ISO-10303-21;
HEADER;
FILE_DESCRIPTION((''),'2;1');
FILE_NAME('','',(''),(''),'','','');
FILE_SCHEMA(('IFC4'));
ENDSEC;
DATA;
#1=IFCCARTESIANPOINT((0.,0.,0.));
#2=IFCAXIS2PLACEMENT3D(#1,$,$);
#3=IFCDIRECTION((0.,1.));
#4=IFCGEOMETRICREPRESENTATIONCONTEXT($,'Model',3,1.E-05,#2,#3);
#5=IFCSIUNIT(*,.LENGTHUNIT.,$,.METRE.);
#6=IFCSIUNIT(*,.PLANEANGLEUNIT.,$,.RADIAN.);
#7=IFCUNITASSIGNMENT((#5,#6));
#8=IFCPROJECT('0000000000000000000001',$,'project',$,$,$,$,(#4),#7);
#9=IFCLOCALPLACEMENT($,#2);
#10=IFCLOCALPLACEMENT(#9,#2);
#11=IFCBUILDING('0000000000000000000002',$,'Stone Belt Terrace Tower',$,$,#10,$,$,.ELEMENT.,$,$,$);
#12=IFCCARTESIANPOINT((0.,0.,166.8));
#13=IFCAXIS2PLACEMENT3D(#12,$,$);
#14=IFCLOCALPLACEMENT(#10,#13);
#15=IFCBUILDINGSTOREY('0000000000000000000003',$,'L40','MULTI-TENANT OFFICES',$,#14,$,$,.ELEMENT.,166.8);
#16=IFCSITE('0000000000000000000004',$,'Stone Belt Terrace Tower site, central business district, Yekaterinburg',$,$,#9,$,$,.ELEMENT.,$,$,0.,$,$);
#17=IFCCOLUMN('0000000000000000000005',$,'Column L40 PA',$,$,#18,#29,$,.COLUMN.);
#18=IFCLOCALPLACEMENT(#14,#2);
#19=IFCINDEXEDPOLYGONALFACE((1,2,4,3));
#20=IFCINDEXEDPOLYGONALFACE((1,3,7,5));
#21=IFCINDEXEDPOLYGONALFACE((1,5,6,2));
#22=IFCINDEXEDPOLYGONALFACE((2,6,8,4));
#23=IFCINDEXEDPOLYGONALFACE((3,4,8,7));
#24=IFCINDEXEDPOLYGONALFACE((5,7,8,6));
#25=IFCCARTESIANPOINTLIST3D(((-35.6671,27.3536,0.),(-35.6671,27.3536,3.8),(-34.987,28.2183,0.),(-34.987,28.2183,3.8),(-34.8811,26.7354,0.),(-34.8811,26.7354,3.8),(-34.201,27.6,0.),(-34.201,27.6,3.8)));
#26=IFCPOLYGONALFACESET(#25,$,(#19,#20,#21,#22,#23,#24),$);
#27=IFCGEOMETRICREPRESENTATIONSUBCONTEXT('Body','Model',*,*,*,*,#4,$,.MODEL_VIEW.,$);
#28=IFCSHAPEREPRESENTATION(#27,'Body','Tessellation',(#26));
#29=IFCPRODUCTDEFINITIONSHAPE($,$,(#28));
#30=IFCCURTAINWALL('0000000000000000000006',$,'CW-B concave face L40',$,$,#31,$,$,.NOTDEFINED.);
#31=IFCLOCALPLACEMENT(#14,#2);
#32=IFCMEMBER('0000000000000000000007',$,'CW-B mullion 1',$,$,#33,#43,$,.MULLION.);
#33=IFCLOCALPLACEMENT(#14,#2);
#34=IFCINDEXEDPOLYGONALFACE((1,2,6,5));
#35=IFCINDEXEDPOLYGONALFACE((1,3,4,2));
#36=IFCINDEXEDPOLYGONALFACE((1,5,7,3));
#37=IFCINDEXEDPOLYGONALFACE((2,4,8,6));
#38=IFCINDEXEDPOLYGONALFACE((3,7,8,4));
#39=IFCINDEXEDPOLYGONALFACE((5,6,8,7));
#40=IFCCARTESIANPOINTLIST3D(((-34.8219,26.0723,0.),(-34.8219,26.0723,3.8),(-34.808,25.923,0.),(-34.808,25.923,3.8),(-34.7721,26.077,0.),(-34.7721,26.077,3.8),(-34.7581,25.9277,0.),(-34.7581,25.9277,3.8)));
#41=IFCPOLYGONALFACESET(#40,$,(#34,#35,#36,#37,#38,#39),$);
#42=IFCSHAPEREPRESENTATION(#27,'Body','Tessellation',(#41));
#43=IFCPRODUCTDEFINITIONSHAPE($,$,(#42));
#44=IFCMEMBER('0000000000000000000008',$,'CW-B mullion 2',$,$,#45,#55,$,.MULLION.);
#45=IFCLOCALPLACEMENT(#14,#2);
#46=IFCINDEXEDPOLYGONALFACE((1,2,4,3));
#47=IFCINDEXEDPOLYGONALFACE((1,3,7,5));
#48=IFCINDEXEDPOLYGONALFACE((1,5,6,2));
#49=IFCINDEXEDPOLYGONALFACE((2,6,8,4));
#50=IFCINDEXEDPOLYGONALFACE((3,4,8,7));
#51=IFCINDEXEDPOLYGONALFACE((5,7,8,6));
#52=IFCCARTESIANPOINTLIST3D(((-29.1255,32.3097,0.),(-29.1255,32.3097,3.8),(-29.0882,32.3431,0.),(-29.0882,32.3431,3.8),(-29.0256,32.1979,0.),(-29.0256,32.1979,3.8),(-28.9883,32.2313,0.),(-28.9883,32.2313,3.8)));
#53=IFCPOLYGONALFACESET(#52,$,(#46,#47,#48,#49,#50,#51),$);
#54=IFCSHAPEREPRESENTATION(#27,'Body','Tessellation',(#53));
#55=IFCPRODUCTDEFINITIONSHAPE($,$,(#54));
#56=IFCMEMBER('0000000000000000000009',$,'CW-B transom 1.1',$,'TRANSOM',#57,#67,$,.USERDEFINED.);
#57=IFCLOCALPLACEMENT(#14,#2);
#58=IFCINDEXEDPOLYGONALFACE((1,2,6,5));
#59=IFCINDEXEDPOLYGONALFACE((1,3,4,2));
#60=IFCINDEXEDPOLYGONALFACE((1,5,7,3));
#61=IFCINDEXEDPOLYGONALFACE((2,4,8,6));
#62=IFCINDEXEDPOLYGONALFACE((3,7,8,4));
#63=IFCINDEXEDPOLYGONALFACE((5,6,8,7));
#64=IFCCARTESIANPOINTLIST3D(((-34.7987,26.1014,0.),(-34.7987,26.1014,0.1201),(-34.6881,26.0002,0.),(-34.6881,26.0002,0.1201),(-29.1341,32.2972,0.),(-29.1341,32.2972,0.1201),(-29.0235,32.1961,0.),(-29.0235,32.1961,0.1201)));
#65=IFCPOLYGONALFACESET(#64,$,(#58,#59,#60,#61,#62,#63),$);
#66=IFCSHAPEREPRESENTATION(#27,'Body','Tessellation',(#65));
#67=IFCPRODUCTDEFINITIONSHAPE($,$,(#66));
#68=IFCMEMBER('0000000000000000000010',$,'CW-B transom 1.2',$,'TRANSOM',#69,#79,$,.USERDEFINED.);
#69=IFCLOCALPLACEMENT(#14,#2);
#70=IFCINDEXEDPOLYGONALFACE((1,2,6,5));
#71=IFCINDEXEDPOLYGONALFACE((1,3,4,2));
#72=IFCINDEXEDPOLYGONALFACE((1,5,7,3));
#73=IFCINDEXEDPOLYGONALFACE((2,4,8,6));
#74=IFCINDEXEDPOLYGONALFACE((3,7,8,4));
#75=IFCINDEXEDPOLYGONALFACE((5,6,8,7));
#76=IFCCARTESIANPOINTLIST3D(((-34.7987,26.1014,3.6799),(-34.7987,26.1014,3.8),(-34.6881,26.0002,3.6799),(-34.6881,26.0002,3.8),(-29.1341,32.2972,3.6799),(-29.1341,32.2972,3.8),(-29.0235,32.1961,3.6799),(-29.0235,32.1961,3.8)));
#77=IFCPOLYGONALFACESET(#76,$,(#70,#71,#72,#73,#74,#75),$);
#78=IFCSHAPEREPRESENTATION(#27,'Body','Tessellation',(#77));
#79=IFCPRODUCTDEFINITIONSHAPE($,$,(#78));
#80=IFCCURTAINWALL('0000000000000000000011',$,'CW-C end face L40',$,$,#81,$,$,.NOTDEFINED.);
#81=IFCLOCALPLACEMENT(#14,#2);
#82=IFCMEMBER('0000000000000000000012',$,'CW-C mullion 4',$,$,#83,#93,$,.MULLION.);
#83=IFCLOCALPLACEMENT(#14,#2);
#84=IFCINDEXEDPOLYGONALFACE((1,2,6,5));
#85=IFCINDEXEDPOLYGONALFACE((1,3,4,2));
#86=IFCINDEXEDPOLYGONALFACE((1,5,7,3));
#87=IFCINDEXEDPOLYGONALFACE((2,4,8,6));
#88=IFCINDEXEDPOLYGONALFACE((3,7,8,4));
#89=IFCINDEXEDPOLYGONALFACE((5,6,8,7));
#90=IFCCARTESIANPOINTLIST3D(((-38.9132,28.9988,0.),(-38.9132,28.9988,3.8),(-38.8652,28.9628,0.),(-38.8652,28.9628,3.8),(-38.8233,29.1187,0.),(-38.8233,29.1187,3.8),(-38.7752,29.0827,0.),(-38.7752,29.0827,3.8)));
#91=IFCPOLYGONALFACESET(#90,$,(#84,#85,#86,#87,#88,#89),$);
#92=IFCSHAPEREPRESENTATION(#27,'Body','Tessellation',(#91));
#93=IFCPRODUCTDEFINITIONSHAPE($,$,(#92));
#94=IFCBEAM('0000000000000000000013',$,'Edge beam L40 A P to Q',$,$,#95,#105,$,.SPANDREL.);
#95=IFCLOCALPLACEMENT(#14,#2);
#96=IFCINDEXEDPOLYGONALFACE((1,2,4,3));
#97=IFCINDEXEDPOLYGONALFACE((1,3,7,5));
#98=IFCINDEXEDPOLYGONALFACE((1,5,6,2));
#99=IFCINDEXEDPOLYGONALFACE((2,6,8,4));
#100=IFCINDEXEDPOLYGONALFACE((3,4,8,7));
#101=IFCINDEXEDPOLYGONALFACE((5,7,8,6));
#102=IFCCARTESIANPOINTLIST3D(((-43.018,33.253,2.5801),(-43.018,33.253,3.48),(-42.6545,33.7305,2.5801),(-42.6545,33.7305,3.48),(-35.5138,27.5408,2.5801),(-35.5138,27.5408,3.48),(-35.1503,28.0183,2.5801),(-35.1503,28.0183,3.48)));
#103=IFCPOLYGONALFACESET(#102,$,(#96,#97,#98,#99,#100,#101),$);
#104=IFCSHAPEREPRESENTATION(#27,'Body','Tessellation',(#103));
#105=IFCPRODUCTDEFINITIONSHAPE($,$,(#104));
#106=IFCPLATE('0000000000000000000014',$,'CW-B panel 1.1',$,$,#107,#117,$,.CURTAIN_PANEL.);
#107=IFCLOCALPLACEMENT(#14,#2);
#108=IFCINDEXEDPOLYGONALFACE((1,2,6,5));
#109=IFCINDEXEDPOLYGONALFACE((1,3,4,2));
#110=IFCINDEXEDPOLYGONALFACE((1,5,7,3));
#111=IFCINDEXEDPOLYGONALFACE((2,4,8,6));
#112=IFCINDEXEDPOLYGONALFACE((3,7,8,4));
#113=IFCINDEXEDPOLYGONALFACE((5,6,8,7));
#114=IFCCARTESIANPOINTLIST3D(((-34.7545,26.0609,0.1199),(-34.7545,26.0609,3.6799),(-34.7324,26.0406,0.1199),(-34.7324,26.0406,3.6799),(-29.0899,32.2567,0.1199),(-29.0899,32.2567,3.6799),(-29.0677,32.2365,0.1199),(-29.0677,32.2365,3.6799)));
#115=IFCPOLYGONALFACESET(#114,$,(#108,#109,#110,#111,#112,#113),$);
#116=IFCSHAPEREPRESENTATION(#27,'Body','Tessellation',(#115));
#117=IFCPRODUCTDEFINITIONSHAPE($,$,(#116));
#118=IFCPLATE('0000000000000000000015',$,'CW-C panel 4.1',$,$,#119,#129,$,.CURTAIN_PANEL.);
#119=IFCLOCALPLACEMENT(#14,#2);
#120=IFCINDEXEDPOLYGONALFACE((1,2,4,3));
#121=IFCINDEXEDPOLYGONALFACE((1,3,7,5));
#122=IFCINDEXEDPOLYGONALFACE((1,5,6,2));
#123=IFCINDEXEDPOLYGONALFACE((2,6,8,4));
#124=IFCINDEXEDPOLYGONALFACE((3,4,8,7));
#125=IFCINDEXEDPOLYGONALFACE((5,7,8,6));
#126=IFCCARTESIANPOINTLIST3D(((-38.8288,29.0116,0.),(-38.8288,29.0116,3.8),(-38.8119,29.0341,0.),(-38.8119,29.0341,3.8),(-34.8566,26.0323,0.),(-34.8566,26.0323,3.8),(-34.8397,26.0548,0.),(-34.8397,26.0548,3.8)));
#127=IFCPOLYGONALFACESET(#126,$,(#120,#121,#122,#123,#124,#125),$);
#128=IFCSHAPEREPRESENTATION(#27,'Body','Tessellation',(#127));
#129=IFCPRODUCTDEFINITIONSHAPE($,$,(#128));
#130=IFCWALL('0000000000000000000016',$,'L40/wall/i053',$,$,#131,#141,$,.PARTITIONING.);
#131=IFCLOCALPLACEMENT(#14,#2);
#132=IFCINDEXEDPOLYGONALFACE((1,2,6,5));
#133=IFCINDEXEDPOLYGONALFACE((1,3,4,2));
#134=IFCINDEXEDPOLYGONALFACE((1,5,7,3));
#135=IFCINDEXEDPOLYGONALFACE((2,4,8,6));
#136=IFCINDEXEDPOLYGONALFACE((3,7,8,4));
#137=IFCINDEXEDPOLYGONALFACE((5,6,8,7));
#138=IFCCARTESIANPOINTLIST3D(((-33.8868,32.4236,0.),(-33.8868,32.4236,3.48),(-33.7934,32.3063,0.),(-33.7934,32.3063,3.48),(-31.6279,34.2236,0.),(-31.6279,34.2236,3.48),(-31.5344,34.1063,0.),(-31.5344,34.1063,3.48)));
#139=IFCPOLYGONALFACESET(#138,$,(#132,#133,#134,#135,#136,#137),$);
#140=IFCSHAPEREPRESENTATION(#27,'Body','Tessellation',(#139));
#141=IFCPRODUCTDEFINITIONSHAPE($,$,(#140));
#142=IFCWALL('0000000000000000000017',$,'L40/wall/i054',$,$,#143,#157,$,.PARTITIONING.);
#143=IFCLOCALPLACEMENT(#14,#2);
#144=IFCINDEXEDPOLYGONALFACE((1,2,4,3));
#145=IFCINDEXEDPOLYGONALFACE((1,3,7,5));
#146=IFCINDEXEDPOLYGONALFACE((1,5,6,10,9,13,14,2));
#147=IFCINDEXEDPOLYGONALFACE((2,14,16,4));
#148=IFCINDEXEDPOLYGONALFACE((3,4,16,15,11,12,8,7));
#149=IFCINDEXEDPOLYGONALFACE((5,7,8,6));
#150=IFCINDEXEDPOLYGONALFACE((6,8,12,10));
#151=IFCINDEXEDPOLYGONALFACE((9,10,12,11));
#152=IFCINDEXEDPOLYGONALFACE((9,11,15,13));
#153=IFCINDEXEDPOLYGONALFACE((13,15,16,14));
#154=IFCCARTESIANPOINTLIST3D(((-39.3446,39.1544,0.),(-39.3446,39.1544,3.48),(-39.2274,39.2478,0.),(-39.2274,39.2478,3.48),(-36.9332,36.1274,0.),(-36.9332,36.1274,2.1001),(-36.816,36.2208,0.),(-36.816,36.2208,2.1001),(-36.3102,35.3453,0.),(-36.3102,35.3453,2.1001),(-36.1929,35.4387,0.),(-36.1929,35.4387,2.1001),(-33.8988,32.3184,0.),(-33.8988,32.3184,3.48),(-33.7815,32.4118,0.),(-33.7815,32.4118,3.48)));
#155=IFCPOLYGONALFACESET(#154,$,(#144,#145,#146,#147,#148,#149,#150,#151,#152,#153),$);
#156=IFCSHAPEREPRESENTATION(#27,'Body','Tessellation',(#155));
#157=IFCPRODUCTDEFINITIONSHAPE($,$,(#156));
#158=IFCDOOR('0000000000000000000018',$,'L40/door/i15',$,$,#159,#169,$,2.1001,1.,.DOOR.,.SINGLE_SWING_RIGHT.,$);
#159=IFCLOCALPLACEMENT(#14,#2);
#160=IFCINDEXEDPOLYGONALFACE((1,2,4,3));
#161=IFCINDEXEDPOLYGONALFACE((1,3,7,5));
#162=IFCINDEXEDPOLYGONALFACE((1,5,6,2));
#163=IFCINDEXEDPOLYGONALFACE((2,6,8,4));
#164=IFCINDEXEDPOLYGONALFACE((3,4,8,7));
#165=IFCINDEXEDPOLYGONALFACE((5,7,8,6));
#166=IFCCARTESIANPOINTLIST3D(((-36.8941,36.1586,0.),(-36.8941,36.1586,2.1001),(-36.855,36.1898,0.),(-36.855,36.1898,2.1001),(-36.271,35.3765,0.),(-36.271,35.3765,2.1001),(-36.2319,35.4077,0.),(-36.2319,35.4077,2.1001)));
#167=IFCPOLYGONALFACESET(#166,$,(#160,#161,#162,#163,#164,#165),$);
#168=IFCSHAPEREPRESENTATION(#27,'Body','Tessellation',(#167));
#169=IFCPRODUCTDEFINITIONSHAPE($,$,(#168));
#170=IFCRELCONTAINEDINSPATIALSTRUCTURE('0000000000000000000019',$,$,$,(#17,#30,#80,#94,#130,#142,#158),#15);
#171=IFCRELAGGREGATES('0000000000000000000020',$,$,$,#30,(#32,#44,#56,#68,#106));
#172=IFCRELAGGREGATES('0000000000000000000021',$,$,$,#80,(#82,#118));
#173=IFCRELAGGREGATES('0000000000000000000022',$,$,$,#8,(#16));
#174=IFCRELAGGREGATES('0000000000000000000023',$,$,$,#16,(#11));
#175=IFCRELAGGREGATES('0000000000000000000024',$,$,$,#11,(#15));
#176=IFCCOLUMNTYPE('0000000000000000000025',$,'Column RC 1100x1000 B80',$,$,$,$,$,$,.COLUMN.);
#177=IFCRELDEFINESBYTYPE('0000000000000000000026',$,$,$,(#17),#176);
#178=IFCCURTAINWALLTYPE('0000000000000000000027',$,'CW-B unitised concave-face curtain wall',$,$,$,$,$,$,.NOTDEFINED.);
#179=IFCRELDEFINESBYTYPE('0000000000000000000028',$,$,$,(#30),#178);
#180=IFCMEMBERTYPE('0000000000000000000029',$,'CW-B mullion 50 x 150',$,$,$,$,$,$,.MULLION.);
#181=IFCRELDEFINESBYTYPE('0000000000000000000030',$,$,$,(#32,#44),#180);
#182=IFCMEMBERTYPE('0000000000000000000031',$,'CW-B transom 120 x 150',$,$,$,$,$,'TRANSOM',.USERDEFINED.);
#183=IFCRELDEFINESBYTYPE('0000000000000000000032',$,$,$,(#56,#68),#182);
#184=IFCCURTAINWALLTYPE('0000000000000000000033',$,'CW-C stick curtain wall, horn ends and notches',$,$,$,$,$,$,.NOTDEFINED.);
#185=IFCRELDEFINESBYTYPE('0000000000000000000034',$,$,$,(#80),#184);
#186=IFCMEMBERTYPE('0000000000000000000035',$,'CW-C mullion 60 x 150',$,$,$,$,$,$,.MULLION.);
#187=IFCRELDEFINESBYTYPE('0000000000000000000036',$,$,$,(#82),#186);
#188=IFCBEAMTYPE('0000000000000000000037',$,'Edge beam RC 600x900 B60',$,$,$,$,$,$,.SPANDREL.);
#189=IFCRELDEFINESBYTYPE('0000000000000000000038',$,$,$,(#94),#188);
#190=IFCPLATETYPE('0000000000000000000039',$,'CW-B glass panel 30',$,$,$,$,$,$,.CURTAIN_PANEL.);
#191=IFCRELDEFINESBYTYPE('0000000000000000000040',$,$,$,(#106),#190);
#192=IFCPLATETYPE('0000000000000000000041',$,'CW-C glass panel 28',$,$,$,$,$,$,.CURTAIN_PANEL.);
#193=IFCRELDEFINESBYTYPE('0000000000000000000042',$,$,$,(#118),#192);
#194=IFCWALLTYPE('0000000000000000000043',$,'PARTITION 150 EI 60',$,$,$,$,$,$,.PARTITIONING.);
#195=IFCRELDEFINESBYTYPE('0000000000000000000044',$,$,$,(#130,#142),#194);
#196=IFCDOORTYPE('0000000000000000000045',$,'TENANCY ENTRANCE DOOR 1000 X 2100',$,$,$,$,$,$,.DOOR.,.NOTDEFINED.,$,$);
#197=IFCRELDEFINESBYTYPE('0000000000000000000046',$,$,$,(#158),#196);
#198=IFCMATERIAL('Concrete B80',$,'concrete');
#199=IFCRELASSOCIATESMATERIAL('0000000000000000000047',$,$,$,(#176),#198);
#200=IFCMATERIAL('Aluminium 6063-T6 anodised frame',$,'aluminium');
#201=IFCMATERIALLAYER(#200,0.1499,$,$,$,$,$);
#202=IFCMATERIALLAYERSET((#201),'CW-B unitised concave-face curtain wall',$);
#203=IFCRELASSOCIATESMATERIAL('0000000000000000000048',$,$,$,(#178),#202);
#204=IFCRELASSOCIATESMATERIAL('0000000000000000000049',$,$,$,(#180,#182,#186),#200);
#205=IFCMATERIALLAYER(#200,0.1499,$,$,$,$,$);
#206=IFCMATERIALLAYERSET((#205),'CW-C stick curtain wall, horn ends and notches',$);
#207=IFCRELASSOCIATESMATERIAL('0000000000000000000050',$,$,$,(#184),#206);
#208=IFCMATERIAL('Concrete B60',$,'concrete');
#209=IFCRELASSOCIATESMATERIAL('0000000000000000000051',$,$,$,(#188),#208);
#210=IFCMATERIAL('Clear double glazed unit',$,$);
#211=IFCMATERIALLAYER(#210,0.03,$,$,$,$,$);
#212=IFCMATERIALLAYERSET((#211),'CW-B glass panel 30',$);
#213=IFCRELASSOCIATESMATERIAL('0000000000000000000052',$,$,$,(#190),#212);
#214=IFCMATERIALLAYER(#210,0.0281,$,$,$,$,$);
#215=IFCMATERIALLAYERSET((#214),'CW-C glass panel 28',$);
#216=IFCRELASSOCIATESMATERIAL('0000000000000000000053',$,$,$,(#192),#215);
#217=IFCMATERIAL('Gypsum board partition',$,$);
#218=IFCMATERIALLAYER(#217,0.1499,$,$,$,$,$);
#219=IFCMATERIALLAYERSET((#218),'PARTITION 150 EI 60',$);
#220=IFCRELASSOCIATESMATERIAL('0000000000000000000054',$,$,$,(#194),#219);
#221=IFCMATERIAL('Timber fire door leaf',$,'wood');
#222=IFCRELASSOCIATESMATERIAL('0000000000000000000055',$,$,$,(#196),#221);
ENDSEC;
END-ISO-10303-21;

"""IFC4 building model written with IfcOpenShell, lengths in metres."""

from ifc_helpers import new_model, si_unit, direction, frame, frame_2d, origin, origin_2d, place, context, subcontext, project, spatial, rectangle, extrude, material, layer, layer_set, material_profile, profile_set, type_object, element, fill, aggregate, save


model = new_model("IFC4")

# Units and contexts
model_context = context("Model", 3, precision=1e-05, world=origin(), true_north=direction((0.0, 1.0)))
body_context = subcontext(model_context, "Body", "Model", "MODEL_VIEW")
ifc_project = project(units=[si_unit("LENGTHUNIT", "METRE"), si_unit("PLANEANGLEUNIT", "RADIAN")], contexts=[model_context])

# Site, building, storey
site_placement = place(None, origin())
site = spatial("IfcSite", under=ifc_project, at=site_placement, Name="Stone Belt Terrace Tower site, central business district, Yekaterinburg", CompositionType="ELEMENT", RefElevation=0.0)
building_placement = place(site_placement, origin())
building = spatial("IfcBuilding", under=site, at=building_placement, Name="Stone Belt Terrace Tower", CompositionType="ELEMENT")
storey_placement = place(building_placement, frame((0.0, 0.0, 166.8)))
storey = spatial("IfcBuildingStorey", under=building, at=storey_placement, Name="L40", Description="MULTI-TENANT OFFICES", CompositionType="ELEMENT", Elevation=166.8)

# Column
ifc_material_1 = material(Name="Concrete B80", Category="concrete")
ifc_material_profile_1 = material_profile(ifc_material_1, rectangle(XDim=1.1001, YDim=1.0, at=origin_2d()), Name="RC 1100x1000")
ifc_profile_set_1 = profile_set([ifc_material_profile_1], Name="Concrete B80")
column_type = type_object("IfcColumnType", Name="Column RC 1100x1000 B80", PredefinedType="COLUMN", material=ifc_profile_set_1)
column_placement = place(storey_placement, frame((-34.9341, 27.4768, 0.0), z_axis=(0.0, 0.0, 1.0), x_axis=(0.618218, 0.786007, 0.0)))
element("IfcColumn", 1, at=column_placement, inside=storey, type_object=column_type, Name="Column L40 PA", PredefinedType="COLUMN", context=body_context, shape_type="SweptSolid", body=[
    extrude(rectangle(XDim=1.1001, YDim=1.0, at=origin_2d()), origin(), (0.0, 0.0, 1.0), 3.8),
])

# Curtain wall, members
ifc_material_2 = material(Name="Aluminium 6063-T6 anodised frame", Category="aluminium")
ifc_layer_1 = layer(ifc_material_2, 0.1499)
ifc_layer_set_1 = layer_set([ifc_layer_1], Name="CW-B unitised concave-face curtain wall")
curtain_wall_type_1 = type_object("IfcCurtainWallType", Name="CW-B unitised concave-face curtain wall", PredefinedType="NOTDEFINED", material=ifc_layer_set_1)
curtain_wall_1_placement = place(storey_placement, origin())
curtain_wall_1 = element("IfcCurtainWall", 2, at=curtain_wall_1_placement, inside=storey, type_object=curtain_wall_type_1, Name="CW-B concave face L40", PredefinedType="NOTDEFINED")
ifc_material_profile_2 = material_profile(ifc_material_2, rectangle(XDim=0.1499, YDim=0.05, at=origin_2d()), Name="Aluminium 6063-T6 50x150")
ifc_profile_set_2 = profile_set([ifc_material_profile_2], Name="Aluminium 6063-T6 anodised frame")
member_type_1 = type_object("IfcMemberType", Name="CW-B mullion 50 x 150", PredefinedType="MULLION", material=ifc_profile_set_2)
member_1_placement = place(storey_placement, frame((-34.79, 26.0, 0.0), z_axis=(0.0, 0.0, 1.0), x_axis=(-0.093181, 0.995649, 0.0)))
member_1 = element("IfcMember", 3, at=member_1_placement, type_object=member_type_1, Name="CW-B mullion 1", PredefinedType="MULLION", context=body_context, shape_type="SweptSolid", body=[
    extrude(rectangle(XDim=0.1499, YDim=0.05, at=origin_2d()), origin(), (0.0, 0.0, 1.0), 3.8),
])
member_2_placement = place(storey_placement, frame((-29.0569, 32.2705, 0.0), z_axis=(0.0, 0.0, 1.0), x_axis=(-0.666301, 0.745683, 0.0)))
member_2 = element("IfcMember", 4, at=member_2_placement, type_object=member_type_1, Name="CW-B mullion 2", PredefinedType="MULLION", context=body_context, shape_type="SweptSolid", body=[
    extrude(rectangle(XDim=0.1499, YDim=0.05, at=origin_2d()), origin(), (0.0, 0.0, 1.0), 3.8),
])
ifc_material_profile_3 = material_profile(ifc_material_2, rectangle(XDim=0.1499, YDim=0.1201, at=origin_2d()), Name="Aluminium 6063-T6 150x120")
ifc_profile_set_3 = profile_set([ifc_material_profile_3], Name="Aluminium 6063-T6 anodised frame")
member_type_2 = type_object("IfcMemberType", Name="CW-B transom 120 x 150", ElementType="TRANSOM", PredefinedType="USERDEFINED", material=ifc_profile_set_3)
member_3_placement = place(storey_placement, frame((-34.7434, 26.0508, 0.0601), z_axis=(0.674757, 0.73804, 0.0), x_axis=(-0.73804, 0.674757, 0.0)))
member_3 = element("IfcMember", 5, at=member_3_placement, type_object=member_type_2, Name="CW-B transom 1.1", ObjectType="TRANSOM", PredefinedType="USERDEFINED", context=body_context, shape_type="SweptSolid", body=[
    extrude(rectangle(XDim=0.1499, YDim=0.1201, at=origin_2d()), origin(), (0.0, 0.0, 1.0), 8.395),
])
member_4_placement = place(storey_placement, frame((-34.7434, 26.0508, 3.74), z_axis=(0.674757, 0.73804, 0.0), x_axis=(-0.73804, 0.674757, 0.0)))
member_4 = element("IfcMember", 6, at=member_4_placement, type_object=member_type_2, Name="CW-B transom 1.2", ObjectType="TRANSOM", PredefinedType="USERDEFINED", context=body_context, shape_type="SweptSolid", body=[
    extrude(rectangle(XDim=0.1499, YDim=0.1201, at=origin_2d()), origin(), (0.0, 0.0, 1.0), 8.395),
])

# Curtain wall, member
ifc_layer_2 = layer(ifc_material_2, 0.1499)
ifc_layer_set_2 = layer_set([ifc_layer_2], Name="CW-C stick curtain wall, horn ends and notches")
curtain_wall_type_2 = type_object("IfcCurtainWallType", Name="CW-C stick curtain wall, horn ends and notches", PredefinedType="NOTDEFINED", material=ifc_layer_set_2)
curtain_wall_2_placement = place(storey_placement, origin())
curtain_wall_2 = element("IfcCurtainWall", 7, at=curtain_wall_2_placement, inside=storey, type_object=curtain_wall_type_2, Name="CW-C end face L40", PredefinedType="NOTDEFINED")
ifc_material_profile_4 = material_profile(ifc_material_2, rectangle(XDim=0.1499, YDim=0.0601, at=origin_2d()), Name="Aluminium 6063-T6 60x150")
ifc_profile_set_4 = profile_set([ifc_material_profile_4], Name="Aluminium 6063-T6 anodised frame")
member_type_3 = type_object("IfcMemberType", Name="CW-C mullion 60 x 150", PredefinedType="MULLION", material=ifc_profile_set_4)
member_5_placement = place(storey_placement, frame((-38.8442, 29.0408, 0.0), z_axis=(0.0, 0.0, 1.0), x_axis=(0.600018, 0.799987, 0.0)))
member_5 = element("IfcMember", 8, at=member_5_placement, type_object=member_type_3, Name="CW-C mullion 4", PredefinedType="MULLION", context=body_context, shape_type="SweptSolid", body=[
    extrude(rectangle(XDim=0.1499, YDim=0.0601, at=origin_2d()), origin(), (0.0, 0.0, 1.0), 3.8),
])

# Beam
ifc_material_3 = material(Name="Concrete B60", Category="concrete")
ifc_material_profile_5 = material_profile(ifc_material_3, rectangle(XDim=0.6001, YDim=0.8999, at=origin_2d()), Name="RC 600x900")
ifc_profile_set_5 = profile_set([ifc_material_profile_5], Name="Concrete B60")
beam_type = type_object("IfcBeamType", Name="Edge beam RC 600x900 B60", PredefinedType="SPANDREL", material=ifc_profile_set_5)
beam_placement = place(storey_placement, frame((-35.332, 27.7795, 3.03), z_axis=(-0.795702, 0.605688, 0.0), x_axis=(-0.605688, -0.795702, 0.0)))
element("IfcBeam", 9, at=beam_placement, inside=storey, type_object=beam_type, Name="Edge beam L40 A P to Q", PredefinedType="SPANDREL", context=body_context, shape_type="SweptSolid", body=[
    extrude(rectangle(XDim=0.6001, YDim=0.8999, at=origin_2d()), origin(), (0.0, 0.0, 1.0), 9.4309),
])

# Plates
ifc_material_4 = material(Name="Clear double glazed unit")
ifc_layer_3 = layer(ifc_material_4, 0.03)
ifc_layer_set_3 = layer_set([ifc_layer_3], Name="CW-B glass panel 30")
plate_type_1 = type_object("IfcPlateType", Name="CW-B glass panel 30", PredefinedType="CURTAIN_PANEL", material=ifc_layer_set_3)
plate_1_placement = place(storey_placement, frame((-31.9111, 29.1487, 0.1199), z_axis=(0.0, 0.0, 1.0), x_axis=(0.674761, 0.738036, 0.0)))
plate_1 = element("IfcPlate", 10, at=plate_1_placement, type_object=plate_type_1, Name="CW-B panel 1.1", PredefinedType="CURTAIN_PANEL", context=body_context, shape_type="SweptSolid", body=[
    extrude(rectangle(XDim=8.395, YDim=0.03, at=origin_2d()), origin(), (0.0, 0.0, 1.0), 3.5601),
])
aggregate(curtain_wall_1, [member_1, member_2, member_3, member_4, plate_1])
ifc_layer_4 = layer(ifc_material_4, 0.0281)
ifc_layer_set_4 = layer_set([ifc_layer_4], Name="CW-C glass panel 28")
plate_type_2 = type_object("IfcPlateType", Name="CW-C glass panel 28", PredefinedType="CURTAIN_PANEL", material=ifc_layer_set_4)
plate_2_placement = place(storey_placement, frame((-36.8342, 27.5332, 0.0), z_axis=(0.0, 0.0, 1.0), x_axis=(0.799987, -0.600018, 0.0)))
plate_2 = element("IfcPlate", 11, at=plate_2_placement, type_object=plate_type_2, Name="CW-C panel 4.1", PredefinedType="CURTAIN_PANEL", context=body_context, shape_type="SweptSolid", body=[
    extrude(rectangle(XDim=4.9653, YDim=0.0281, at=origin_2d()), origin(), (0.0, 0.0, 1.0), 3.8),
])
aggregate(curtain_wall_2, [member_5, plate_2])

# Wall
ifc_material_5 = material(Name="Gypsum board partition")
ifc_layer_5 = layer(ifc_material_5, 0.1499)
ifc_layer_set_5 = layer_set([ifc_layer_5], Name="PARTITION 150 EI 60")
wall_type_1 = type_object("IfcWallType", Name="PARTITION 150 EI 60", PredefinedType="PARTITIONING", material=ifc_layer_set_5)
wall_1_placement = place(storey_placement, frame((-31.5811, 34.165, 0.0), z_axis=(0.0, 0.0, 1.0), x_axis=(-0.78208, -0.623179, 0.0)))
element("IfcWall", 12, at=wall_1_placement, inside=storey, type_object=wall_type_1, Name="L40/wall/i053", PredefinedType="PARTITIONING", context=body_context, shape_type="SweptSolid", body=[
    extrude(rectangle(XDim=2.8884, YDim=0.1499, at=frame_2d((1.4443, 0.0))), origin(), (0.0, 0.0, 1.0), 3.48),
])

# Wall, opening, door
wall_2_placement = place(storey_placement, frame((-33.8401, 32.365, 0.0), z_axis=(0.0, 0.0, 1.0), x_axis=(-0.623093, 0.782148, 0.0)))
wall_2 = element("IfcWall", 13, at=wall_2_placement, inside=storey, type_object=wall_type_1, Name="L40/wall/i054", PredefinedType="PARTITIONING", context=body_context, shape_type="SweptSolid", body=[
    extrude(rectangle(XDim=8.74, YDim=0.1499, at=frame_2d((4.3701, 0.0))), origin(), (0.0, 0.0, 1.0), 3.48),
])
opening_1_placement = place(wall_2_placement, frame((3.8701, 0.0, 0.0)))
opening_1 = element("IfcOpeningElement", 14, at=opening_1_placement, cuts=wall_2, PredefinedType="OPENING", context=body_context, shape_type="SweptSolid", body=[
    extrude(rectangle(XDim=1.0, YDim=2.1001, at=frame_2d((0.5, 1.05))), frame((0.0, 0.085, 0.0), z_axis=(0.0, -1.0, 0.0), x_axis=(1.0, 0.0, 0.0)), (0.0, 0.0, 1.0), 0.1699),
])
ifc_material_6 = material(Name="Timber fire door leaf", Category="wood")
door_type_1 = type_object("IfcDoorType", Name="TENANCY ENTRANCE DOOR 1000 X 2100", OperationType="NOTDEFINED", PredefinedType="DOOR", material=ifc_material_6)
door_1_placement = place(opening_1_placement, origin())
door_1 = element("IfcDoor", 15, at=door_1_placement, inside=storey, type_object=door_type_1, Name="L40/door/i15", OperationType="SINGLE_SWING_RIGHT", OverallHeight=2.1001, OverallWidth=1.0, PredefinedType="DOOR", context=body_context, shape_type="SweptSolid", body=[
    extrude(rectangle(XDim=1.0, YDim=2.1001, at=frame_2d((0.5, 1.05))), frame((0.0, 0.0249, 0.0), z_axis=(0.0, -1.0, 0.0), x_axis=(1.0, 0.0, 0.0)), (0.0, 0.0, 1.0), 0.05),
])
fill(opening_1, door_1)

save(model, "model.ifc")
